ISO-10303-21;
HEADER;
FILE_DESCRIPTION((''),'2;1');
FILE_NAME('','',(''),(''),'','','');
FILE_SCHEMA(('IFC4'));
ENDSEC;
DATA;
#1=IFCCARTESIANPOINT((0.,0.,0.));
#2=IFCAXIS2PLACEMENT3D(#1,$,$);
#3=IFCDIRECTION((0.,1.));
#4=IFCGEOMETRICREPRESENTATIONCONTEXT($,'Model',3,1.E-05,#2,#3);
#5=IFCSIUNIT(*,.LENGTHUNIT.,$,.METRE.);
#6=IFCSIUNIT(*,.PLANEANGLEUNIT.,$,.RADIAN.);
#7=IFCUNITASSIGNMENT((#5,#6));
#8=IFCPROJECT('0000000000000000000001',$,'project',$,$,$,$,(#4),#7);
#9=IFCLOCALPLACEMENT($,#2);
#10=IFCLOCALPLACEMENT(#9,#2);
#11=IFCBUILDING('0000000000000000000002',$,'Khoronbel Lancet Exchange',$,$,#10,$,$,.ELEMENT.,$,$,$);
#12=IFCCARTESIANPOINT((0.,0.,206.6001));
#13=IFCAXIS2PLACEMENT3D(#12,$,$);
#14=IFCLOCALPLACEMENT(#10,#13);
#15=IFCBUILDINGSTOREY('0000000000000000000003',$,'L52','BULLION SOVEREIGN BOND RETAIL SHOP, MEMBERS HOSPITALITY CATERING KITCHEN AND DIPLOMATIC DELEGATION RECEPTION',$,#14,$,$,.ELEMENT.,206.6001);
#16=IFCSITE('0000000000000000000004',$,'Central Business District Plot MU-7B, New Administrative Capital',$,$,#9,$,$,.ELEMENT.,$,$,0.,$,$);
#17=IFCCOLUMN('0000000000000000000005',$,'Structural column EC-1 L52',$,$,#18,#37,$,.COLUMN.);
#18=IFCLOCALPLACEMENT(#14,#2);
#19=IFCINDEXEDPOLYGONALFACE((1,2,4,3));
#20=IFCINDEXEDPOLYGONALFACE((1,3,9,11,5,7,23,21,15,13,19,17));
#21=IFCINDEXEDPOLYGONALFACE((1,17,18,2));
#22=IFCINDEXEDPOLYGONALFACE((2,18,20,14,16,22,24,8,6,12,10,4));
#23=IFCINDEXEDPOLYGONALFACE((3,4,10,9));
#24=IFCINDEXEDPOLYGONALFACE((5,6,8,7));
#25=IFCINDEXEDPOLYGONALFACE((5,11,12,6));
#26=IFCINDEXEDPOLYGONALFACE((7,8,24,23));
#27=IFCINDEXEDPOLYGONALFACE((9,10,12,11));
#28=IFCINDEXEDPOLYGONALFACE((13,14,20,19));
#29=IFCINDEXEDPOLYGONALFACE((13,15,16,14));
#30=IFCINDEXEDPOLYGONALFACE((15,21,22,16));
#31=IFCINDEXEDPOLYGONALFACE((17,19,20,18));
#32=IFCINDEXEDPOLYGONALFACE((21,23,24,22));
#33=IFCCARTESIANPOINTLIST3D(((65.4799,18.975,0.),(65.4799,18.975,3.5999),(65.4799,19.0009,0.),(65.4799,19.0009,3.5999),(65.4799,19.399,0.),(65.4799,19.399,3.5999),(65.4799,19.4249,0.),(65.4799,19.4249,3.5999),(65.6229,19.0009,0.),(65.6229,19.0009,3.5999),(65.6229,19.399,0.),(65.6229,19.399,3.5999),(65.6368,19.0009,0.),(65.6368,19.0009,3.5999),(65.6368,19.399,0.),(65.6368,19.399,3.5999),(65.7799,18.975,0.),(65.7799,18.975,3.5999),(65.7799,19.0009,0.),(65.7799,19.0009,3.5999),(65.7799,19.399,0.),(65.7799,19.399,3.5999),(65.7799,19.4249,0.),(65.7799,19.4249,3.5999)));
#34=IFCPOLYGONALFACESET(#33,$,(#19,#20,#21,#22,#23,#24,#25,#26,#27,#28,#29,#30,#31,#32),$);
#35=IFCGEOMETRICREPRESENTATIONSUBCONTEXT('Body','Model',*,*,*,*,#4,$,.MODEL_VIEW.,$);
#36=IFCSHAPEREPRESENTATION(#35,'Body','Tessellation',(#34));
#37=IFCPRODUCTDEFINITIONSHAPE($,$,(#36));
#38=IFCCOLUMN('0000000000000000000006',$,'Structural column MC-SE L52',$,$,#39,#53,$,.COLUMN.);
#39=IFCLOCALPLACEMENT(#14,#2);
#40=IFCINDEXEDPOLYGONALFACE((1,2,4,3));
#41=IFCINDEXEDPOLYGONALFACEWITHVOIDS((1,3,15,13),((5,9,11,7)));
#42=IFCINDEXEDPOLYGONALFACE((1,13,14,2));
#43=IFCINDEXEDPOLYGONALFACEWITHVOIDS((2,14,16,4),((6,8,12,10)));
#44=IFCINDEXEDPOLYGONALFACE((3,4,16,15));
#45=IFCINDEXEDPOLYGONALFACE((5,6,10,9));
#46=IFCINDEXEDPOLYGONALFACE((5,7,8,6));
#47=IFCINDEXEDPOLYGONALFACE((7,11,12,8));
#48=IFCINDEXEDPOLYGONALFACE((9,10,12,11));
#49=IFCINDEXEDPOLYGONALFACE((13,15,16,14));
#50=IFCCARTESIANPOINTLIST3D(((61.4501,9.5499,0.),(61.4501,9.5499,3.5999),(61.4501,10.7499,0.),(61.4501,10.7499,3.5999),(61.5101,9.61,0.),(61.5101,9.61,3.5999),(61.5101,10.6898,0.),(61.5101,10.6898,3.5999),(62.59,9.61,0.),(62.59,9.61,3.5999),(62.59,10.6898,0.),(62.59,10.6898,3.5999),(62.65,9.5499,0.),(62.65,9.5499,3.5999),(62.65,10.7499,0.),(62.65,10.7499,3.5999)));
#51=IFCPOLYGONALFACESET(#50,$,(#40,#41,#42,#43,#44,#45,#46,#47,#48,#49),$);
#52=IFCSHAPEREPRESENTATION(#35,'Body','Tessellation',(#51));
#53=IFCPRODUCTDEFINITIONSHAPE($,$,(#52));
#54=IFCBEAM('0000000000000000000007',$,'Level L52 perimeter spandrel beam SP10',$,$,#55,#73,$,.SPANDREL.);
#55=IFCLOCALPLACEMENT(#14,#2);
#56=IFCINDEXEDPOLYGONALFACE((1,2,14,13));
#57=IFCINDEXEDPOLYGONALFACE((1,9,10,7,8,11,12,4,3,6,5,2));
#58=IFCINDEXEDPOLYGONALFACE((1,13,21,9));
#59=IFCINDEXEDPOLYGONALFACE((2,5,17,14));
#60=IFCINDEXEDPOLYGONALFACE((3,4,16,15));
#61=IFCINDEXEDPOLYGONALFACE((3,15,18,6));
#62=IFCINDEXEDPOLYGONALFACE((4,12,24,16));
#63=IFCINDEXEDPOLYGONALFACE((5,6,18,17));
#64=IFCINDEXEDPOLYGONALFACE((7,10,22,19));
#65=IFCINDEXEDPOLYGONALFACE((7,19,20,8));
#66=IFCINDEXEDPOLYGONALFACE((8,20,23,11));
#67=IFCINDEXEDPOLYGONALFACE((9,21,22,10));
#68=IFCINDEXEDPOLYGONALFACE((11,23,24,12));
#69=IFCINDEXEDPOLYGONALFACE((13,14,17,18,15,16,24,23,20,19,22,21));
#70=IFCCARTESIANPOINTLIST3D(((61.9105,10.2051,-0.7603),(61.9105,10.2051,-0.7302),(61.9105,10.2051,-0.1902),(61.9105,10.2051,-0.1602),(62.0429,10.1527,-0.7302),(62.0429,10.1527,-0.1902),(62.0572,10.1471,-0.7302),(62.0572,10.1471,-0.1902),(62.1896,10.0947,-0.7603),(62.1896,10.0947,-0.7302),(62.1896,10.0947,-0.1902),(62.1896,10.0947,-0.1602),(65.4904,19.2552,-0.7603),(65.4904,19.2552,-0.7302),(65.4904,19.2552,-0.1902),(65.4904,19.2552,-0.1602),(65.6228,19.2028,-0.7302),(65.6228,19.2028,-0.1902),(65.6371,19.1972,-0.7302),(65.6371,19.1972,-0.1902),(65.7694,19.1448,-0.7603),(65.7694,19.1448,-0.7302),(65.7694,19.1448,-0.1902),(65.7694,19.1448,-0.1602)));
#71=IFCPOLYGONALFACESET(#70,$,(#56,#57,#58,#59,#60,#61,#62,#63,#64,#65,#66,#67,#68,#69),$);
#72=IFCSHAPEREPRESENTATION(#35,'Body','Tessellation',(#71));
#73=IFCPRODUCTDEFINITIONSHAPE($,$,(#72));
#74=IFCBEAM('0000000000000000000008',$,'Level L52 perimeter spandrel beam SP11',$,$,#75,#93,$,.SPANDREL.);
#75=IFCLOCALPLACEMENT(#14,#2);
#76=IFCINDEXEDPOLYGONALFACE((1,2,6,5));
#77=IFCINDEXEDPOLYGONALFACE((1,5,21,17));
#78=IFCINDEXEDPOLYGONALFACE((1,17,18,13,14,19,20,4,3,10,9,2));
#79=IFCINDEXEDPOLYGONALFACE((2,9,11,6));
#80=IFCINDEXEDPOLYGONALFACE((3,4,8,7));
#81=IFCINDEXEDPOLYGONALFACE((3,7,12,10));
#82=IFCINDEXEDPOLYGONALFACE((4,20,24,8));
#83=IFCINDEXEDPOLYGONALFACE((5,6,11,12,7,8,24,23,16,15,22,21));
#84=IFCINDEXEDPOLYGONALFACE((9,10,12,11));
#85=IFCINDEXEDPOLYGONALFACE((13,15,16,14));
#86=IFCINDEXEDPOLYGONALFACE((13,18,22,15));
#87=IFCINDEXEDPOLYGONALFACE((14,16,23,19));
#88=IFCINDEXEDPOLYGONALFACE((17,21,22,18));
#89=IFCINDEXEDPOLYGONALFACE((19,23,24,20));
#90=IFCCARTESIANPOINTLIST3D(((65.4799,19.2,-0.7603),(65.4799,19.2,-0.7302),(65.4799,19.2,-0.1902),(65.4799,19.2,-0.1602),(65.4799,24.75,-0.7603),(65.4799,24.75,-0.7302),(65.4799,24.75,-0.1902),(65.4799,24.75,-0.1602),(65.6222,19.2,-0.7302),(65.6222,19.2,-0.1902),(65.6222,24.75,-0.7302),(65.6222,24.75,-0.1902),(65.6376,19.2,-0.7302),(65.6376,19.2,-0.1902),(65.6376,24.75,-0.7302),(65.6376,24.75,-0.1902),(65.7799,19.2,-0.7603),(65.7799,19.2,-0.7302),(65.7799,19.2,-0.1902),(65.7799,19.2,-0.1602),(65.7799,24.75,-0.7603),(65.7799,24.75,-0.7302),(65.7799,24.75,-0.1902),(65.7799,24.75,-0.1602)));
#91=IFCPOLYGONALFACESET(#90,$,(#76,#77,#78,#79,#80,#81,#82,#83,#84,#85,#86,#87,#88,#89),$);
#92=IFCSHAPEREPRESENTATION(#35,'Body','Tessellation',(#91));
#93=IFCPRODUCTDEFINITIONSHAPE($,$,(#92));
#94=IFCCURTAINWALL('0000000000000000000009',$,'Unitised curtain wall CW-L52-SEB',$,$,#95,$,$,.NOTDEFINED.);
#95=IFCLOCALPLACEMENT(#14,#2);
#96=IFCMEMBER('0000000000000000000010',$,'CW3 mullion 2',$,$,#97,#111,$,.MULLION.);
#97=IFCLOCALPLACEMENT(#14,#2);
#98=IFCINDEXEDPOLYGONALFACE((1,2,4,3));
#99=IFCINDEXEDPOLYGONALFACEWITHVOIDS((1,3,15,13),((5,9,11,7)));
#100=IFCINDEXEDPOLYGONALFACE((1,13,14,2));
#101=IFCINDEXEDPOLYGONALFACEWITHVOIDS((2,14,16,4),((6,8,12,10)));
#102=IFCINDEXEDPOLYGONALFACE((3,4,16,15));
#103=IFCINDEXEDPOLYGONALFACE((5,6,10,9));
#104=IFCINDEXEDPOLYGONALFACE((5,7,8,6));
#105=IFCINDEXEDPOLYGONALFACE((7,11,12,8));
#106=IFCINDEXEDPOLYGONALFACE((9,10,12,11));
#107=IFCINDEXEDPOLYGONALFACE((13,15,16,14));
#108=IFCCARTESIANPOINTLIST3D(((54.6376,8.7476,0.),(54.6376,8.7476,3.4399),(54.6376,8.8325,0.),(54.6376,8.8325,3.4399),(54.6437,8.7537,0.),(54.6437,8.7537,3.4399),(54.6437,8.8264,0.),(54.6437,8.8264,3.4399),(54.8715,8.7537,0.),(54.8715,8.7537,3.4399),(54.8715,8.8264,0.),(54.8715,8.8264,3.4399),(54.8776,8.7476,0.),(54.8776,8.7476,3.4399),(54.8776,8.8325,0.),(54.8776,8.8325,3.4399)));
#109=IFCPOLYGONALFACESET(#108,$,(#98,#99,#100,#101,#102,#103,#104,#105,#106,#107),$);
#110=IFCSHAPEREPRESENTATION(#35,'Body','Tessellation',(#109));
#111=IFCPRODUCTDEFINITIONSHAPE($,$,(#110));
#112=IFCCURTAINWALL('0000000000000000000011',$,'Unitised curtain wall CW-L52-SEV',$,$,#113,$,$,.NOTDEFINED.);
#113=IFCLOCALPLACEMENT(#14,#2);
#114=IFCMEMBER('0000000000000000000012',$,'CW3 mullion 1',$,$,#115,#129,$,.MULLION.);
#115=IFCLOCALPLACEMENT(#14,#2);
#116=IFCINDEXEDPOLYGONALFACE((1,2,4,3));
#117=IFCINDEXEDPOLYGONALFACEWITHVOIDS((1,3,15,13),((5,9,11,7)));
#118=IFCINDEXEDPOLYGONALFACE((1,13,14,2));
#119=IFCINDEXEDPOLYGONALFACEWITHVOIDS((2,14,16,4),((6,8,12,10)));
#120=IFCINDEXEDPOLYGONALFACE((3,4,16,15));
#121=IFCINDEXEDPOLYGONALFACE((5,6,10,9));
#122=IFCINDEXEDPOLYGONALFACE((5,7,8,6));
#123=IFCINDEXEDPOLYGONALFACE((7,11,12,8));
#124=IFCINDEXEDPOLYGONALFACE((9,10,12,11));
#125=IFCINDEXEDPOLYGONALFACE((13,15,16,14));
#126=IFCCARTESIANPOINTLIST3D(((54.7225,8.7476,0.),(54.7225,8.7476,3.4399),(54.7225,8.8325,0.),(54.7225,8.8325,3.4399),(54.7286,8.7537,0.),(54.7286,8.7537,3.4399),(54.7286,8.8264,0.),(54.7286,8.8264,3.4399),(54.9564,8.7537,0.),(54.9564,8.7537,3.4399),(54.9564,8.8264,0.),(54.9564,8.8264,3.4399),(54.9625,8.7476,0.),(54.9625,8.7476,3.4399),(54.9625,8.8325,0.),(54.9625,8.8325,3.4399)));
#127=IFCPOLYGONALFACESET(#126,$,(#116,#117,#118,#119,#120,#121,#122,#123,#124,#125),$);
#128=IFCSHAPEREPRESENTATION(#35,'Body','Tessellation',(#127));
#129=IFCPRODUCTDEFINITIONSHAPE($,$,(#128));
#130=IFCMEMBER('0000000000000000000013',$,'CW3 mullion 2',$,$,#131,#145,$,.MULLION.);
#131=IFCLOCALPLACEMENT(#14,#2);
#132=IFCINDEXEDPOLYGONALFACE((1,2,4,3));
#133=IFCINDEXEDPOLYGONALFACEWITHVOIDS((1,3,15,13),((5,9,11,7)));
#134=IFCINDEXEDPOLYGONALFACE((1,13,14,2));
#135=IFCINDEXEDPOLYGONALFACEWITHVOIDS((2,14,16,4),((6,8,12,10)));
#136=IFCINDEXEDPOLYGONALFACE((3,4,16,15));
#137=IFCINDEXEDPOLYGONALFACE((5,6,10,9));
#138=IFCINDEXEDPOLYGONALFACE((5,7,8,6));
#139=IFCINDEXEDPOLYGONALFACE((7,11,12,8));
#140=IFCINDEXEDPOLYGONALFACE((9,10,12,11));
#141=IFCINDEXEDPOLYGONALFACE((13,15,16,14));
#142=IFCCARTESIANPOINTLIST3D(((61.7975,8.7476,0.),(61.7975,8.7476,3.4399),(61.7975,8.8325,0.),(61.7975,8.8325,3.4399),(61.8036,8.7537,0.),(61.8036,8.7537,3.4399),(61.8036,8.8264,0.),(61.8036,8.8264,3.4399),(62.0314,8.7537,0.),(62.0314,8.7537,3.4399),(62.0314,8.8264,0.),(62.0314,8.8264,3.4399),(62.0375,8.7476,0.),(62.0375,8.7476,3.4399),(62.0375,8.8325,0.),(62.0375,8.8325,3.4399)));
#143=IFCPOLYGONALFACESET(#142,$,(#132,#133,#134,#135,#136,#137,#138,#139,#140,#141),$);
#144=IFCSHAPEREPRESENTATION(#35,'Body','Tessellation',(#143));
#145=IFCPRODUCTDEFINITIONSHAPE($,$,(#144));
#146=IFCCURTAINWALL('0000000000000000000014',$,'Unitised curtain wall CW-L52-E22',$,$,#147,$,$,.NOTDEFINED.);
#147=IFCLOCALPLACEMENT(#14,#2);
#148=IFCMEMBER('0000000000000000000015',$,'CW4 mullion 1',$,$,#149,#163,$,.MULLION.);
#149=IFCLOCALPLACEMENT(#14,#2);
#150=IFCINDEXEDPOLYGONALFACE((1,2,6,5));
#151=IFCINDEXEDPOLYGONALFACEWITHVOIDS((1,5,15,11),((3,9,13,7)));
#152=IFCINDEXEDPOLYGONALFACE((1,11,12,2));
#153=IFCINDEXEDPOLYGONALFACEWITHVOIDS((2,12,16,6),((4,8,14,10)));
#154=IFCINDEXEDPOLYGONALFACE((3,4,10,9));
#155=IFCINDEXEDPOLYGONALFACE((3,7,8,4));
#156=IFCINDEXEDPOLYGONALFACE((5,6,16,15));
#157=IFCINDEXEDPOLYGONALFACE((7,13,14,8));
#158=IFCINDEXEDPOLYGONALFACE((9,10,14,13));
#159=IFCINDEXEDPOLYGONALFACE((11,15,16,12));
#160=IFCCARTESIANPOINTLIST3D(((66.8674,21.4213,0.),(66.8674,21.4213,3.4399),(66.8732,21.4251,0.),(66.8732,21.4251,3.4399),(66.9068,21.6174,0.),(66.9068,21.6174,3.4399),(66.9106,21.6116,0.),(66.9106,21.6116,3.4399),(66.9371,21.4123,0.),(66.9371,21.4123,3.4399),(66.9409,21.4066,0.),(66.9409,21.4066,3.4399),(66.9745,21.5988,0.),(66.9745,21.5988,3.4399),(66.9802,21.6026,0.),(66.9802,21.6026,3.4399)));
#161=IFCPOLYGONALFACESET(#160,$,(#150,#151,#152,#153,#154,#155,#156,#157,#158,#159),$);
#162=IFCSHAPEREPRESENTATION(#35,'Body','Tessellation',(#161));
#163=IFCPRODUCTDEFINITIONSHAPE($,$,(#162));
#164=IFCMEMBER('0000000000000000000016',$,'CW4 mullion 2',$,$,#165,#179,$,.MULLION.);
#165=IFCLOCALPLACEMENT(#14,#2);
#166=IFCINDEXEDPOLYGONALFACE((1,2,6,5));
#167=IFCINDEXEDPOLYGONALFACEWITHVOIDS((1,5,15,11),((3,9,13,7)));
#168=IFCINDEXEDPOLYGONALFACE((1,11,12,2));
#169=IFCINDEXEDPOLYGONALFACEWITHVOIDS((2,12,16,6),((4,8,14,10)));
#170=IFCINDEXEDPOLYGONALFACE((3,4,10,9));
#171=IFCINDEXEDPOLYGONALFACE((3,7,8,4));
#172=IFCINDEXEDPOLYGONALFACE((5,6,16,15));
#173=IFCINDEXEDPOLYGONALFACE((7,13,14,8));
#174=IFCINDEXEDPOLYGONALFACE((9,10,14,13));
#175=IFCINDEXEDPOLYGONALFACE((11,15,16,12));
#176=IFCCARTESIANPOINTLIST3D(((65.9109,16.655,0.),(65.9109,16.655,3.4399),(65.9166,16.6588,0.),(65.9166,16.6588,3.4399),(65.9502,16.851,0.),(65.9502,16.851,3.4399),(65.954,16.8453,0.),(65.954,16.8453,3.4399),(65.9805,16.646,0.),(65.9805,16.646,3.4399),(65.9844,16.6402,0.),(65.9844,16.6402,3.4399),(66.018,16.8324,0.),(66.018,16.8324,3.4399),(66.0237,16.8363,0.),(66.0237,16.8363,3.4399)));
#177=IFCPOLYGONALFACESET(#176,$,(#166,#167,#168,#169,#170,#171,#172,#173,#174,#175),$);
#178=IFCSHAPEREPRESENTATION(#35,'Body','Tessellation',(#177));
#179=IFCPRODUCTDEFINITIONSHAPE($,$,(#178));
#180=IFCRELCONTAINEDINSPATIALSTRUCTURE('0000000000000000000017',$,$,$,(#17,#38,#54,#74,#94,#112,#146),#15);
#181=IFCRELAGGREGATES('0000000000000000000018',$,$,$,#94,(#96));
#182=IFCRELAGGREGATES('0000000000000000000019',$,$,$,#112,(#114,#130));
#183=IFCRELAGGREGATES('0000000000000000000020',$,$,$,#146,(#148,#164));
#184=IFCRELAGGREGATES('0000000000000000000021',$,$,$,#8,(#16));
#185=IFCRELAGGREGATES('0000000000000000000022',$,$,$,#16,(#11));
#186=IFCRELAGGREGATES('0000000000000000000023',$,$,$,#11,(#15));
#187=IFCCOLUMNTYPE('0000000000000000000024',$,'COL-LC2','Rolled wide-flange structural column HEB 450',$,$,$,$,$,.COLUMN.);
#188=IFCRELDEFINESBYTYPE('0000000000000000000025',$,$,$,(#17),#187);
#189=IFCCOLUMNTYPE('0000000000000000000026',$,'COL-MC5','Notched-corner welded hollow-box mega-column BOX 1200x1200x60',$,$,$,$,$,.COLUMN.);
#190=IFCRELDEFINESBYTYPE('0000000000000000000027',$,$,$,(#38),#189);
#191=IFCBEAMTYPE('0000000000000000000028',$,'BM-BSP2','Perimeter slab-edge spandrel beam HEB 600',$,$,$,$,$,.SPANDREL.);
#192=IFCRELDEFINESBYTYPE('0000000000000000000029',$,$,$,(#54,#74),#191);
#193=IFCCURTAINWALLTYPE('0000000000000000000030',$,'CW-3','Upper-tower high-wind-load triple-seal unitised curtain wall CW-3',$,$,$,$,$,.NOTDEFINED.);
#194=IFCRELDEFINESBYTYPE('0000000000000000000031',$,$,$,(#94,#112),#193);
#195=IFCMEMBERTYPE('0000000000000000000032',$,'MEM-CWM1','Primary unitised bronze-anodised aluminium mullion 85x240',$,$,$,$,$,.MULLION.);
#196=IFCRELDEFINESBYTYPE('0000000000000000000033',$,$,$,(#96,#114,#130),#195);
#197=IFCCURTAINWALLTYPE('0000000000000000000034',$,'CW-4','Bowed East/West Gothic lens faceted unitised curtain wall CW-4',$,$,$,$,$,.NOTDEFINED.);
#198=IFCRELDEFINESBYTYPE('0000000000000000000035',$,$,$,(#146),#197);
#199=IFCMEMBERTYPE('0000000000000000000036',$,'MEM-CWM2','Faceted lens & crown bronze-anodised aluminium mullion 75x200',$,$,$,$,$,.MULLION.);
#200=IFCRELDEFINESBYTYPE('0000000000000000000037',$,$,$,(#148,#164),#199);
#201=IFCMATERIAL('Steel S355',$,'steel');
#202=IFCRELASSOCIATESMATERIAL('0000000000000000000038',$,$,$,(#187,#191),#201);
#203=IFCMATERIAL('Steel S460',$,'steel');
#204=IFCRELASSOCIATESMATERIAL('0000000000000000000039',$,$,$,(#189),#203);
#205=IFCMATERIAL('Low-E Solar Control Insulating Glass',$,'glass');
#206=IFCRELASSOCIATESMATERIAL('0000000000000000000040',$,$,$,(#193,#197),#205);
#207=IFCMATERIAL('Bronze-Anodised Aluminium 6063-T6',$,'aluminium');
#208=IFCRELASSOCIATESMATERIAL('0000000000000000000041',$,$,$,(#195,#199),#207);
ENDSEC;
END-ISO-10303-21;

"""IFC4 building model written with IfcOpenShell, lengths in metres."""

from ifc_helpers import new_model, si_unit, direction, frame, origin, origin_2d, place, context, subcontext, project, spatial, hollow_rectangle, i_section, extrude, material, material_profile, profile_set, type_object, element, aggregate, save


model = new_model("IFC4")

# Units and contexts
model_context = context("Model", 3, precision=1e-05, world=origin(), true_north=direction((0.0, 1.0)))
body_context = subcontext(model_context, "Body", "Model", "MODEL_VIEW")
ifc_project = project(units=[si_unit("LENGTHUNIT", "METRE"), si_unit("PLANEANGLEUNIT", "RADIAN")], contexts=[model_context])

# Site, building, storey
site_placement = place(None, origin())
site = spatial("IfcSite", under=ifc_project, at=site_placement, Name="Central Business District Plot MU-7B, New Administrative Capital", CompositionType="ELEMENT", RefElevation=0.0)
building_placement = place(site_placement, origin())
building = spatial("IfcBuilding", under=site, at=building_placement, Name="Khoronbel Lancet Exchange", CompositionType="ELEMENT")
storey_placement = place(building_placement, frame((0.0, 0.0, 206.6001)))
storey = spatial("IfcBuildingStorey", under=building, at=storey_placement, Name="L52", Description="BULLION SOVEREIGN BOND RETAIL SHOP, MEMBERS HOSPITALITY CATERING KITCHEN AND DIPLOMATIC DELEGATION RECEPTION", CompositionType="ELEMENT", Elevation=206.6001)

# Columns
ifc_material_1 = material(Name="Steel S355", Category="steel")
ifc_material_profile_1 = material_profile(ifc_material_1, i_section(OverallWidth=0.3, OverallDepth=0.45, WebThickness=0.0139, FlangeThickness=0.0259, at=origin_2d()), Name="HEB 450")
ifc_profile_set_1 = profile_set([ifc_material_profile_1], Name="Steel S355")
column_type_1 = type_object("IfcColumnType", Name="COL-LC2", Description="Rolled wide-flange structural column HEB 450", PredefinedType="COLUMN", material=ifc_profile_set_1)
column_1_placement = place(storey_placement, frame((65.6299, 19.2, 0.0), z_axis=(0.0, 0.0, 1.0), x_axis=(1.0, 0.0, 0.0)))
element("IfcColumn", 1, at=column_1_placement, inside=storey, type_object=column_type_1, Name="Structural column EC-1 L52", PredefinedType="COLUMN", context=body_context, shape_type="SweptSolid", body=[
    extrude(i_section(OverallWidth=0.3, OverallDepth=0.45, WebThickness=0.0139, FlangeThickness=0.0259, at=origin_2d()), origin(), (0.0, 0.0, 1.0), 3.5999),
])
ifc_material_2 = material(Name="Steel S460", Category="steel")
ifc_material_profile_2 = material_profile(ifc_material_2, hollow_rectangle(XDim=1.2, YDim=1.2, WallThickness=0.0601, at=origin_2d()), Name="BOX 1200x1200x60")
ifc_profile_set_2 = profile_set([ifc_material_profile_2], Name="Steel S460")
column_type_2 = type_object("IfcColumnType", Name="COL-MC5", Description="Notched-corner welded hollow-box mega-column BOX 1200x1200x60", PredefinedType="COLUMN", material=ifc_profile_set_2)
column_2_placement = place(storey_placement, frame((62.05, 10.1499, 0.0), z_axis=(0.0, 0.0, 1.0), x_axis=(1.0, 0.0, 0.0)))
element("IfcColumn", 2, at=column_2_placement, inside=storey, type_object=column_type_2, Name="Structural column MC-SE L52", PredefinedType="COLUMN", context=body_context, shape_type="SweptSolid", body=[
    extrude(hollow_rectangle(XDim=1.2, YDim=1.2, WallThickness=0.0601, at=origin_2d()), origin(), (0.0, 0.0, 1.0), 3.5999),
])

# Beams
ifc_material_profile_3 = material_profile(ifc_material_1, i_section(OverallWidth=0.3, OverallDepth=0.6001, WebThickness=0.0154, FlangeThickness=0.03, at=origin_2d()), Name="HEB 600")
ifc_profile_set_3 = profile_set([ifc_material_profile_3], Name="Steel S355")
beam_type = type_object("IfcBeamType", Name="BM-BSP2", Description="Perimeter slab-edge spandrel beam HEB 600", PredefinedType="SPANDREL", material=ifc_profile_set_3)
beam_1_placement = place(storey_placement, frame((62.05, 10.1499, -0.4602), z_axis=(0.367828, 0.929894, 0.0), x_axis=(-0.929894, 0.367828, 0.0)))
element("IfcBeam", 3, at=beam_1_placement, inside=storey, type_object=beam_type, Name="Level L52 perimeter spandrel beam SP10", PredefinedType="SPANDREL", context=body_context, shape_type="SweptSolid", body=[
    extrude(i_section(OverallWidth=0.3, OverallDepth=0.6001, WebThickness=0.0154, FlangeThickness=0.03, at=origin_2d()), origin(), (0.0, 0.0, 1.0), 9.7324),
])
beam_2_placement = place(storey_placement, frame((65.6299, 19.2, -0.4602), z_axis=(0.0, 1.0, 0.0), x_axis=(-1.0, 0.0, 0.0)))
element("IfcBeam", 4, at=beam_2_placement, inside=storey, type_object=beam_type, Name="Level L52 perimeter spandrel beam SP11", PredefinedType="SPANDREL", context=body_context, shape_type="SweptSolid", body=[
    extrude(i_section(OverallWidth=0.3, OverallDepth=0.6001, WebThickness=0.0154, FlangeThickness=0.03, at=origin_2d()), origin(), (0.0, 0.0, 1.0), 5.55),
])

# Curtain wall, member
ifc_material_3 = material(Name="Low-E Solar Control Insulating Glass", Category="glass")
curtain_wall_type_1 = type_object("IfcCurtainWallType", Name="CW-3", Description="Upper-tower high-wind-load triple-seal unitised curtain wall CW-3", PredefinedType="NOTDEFINED", material=ifc_material_3)
curtain_wall_1_placement = place(storey_placement, origin())
curtain_wall_1 = element("IfcCurtainWall", 5, at=curtain_wall_1_placement, inside=storey, type_object=curtain_wall_type_1, Name="Unitised curtain wall CW-L52-SEB", PredefinedType="NOTDEFINED")
ifc_material_4 = material(Name="Bronze-Anodised Aluminium 6063-T6", Category="aluminium")
ifc_material_profile_4 = material_profile(ifc_material_4, hollow_rectangle(XDim=0.085, YDim=0.24, WallThickness=0.0061, at=origin_2d()), Name="ALU MULLION 85x240")
ifc_profile_set_4 = profile_set([ifc_material_profile_4], Name="Bronze-Anodised Aluminium 6063-T6")
member_type_1 = type_object("IfcMemberType", Name="MEM-CWM1", Description="Primary unitised bronze-anodised aluminium mullion 85x240", PredefinedType="MULLION", material=ifc_profile_set_4)
member_1_placement = place(storey_placement, frame((54.7576, 8.79, 0.0), z_axis=(0.0, 0.0, 1.0), x_axis=(0.0, 1.0, 0.0)))
member_1 = element("IfcMember", 6, at=member_1_placement, type_object=member_type_1, Name="CW3 mullion 2", PredefinedType="MULLION", context=body_context, shape_type="SweptSolid", body=[
    extrude(hollow_rectangle(XDim=0.085, YDim=0.24, WallThickness=0.0061, at=origin_2d()), origin(), (0.0, 0.0, 1.0), 3.4399),
])
aggregate(curtain_wall_1, [member_1])

# Curtain walls, members
curtain_wall_2_placement = place(storey_placement, origin())
curtain_wall_2 = element("IfcCurtainWall", 7, at=curtain_wall_2_placement, inside=storey, type_object=curtain_wall_type_1, Name="Unitised curtain wall CW-L52-SEV", PredefinedType="NOTDEFINED")
member_2_placement = place(storey_placement, frame((54.8425, 8.79, 0.0), z_axis=(0.0, 0.0, 1.0), x_axis=(0.0, 1.0, 0.0)))
member_2 = element("IfcMember", 8, at=member_2_placement, type_object=member_type_1, Name="CW3 mullion 1", PredefinedType="MULLION", context=body_context, shape_type="SweptSolid", body=[
    extrude(hollow_rectangle(XDim=0.085, YDim=0.24, WallThickness=0.0061, at=origin_2d()), origin(), (0.0, 0.0, 1.0), 3.4399),
])
member_3_placement = place(storey_placement, frame((61.9175, 8.79, 0.0), z_axis=(0.0, 0.0, 1.0), x_axis=(0.0, 1.0, 0.0)))
member_3 = element("IfcMember", 9, at=member_3_placement, type_object=member_type_1, Name="CW3 mullion 2", PredefinedType="MULLION", context=body_context, shape_type="SweptSolid", body=[
    extrude(hollow_rectangle(XDim=0.085, YDim=0.24, WallThickness=0.0061, at=origin_2d()), origin(), (0.0, 0.0, 1.0), 3.4399),
])
curtain_wall_type_2 = type_object("IfcCurtainWallType", Name="CW-4", Description="Bowed East/West Gothic lens faceted unitised curtain wall CW-4", PredefinedType="NOTDEFINED", material=ifc_material_3)
curtain_wall_3_placement = place(storey_placement, origin())
curtain_wall_3 = element("IfcCurtainWall", 10, at=curtain_wall_3_placement, inside=storey, type_object=curtain_wall_type_2, Name="Unitised curtain wall CW-L52-E22", PredefinedType="NOTDEFINED")
ifc_material_profile_5 = material_profile(ifc_material_4, hollow_rectangle(XDim=0.075, YDim=0.2, WallThickness=0.0049, at=origin_2d()), Name="ALU MULLION 75x200")
ifc_profile_set_5 = profile_set([ifc_material_profile_5], Name="Bronze-Anodised Aluminium 6063-T6")
member_type_2 = type_object("IfcMemberType", Name="MEM-CWM2", Description="Faceted lens & crown bronze-anodised aluminium mullion 75x200", PredefinedType="MULLION", material=ifc_profile_set_5)
member_4_placement = place(storey_placement, frame((66.9238, 21.512, 0.0), z_axis=(0.0, 0.0, 1.0), x_axis=(0.980454, -0.196747, 0.0)))
member_4 = element("IfcMember", 11, at=member_4_placement, type_object=member_type_2, Name="CW4 mullion 1", PredefinedType="MULLION", context=body_context, shape_type="SweptSolid", body=[
    extrude(hollow_rectangle(XDim=0.075, YDim=0.2, WallThickness=0.0049, at=origin_2d()), origin(), (0.0, 0.0, 1.0), 3.4399),
])
member_5_placement = place(storey_placement, frame((65.9673, 16.7456, 0.0), z_axis=(0.0, 0.0, 1.0), x_axis=(0.980454, -0.196747, 0.0)))
member_5 = element("IfcMember", 12, at=member_5_placement, type_object=member_type_2, Name="CW4 mullion 2", PredefinedType="MULLION", context=body_context, shape_type="SweptSolid", body=[
    extrude(hollow_rectangle(XDim=0.075, YDim=0.2, WallThickness=0.0049, at=origin_2d()), origin(), (0.0, 0.0, 1.0), 3.4399),
])

aggregate(curtain_wall_2, [member_2, member_3])
aggregate(curtain_wall_3, [member_4, member_5])

save(model, "model.ifc")
